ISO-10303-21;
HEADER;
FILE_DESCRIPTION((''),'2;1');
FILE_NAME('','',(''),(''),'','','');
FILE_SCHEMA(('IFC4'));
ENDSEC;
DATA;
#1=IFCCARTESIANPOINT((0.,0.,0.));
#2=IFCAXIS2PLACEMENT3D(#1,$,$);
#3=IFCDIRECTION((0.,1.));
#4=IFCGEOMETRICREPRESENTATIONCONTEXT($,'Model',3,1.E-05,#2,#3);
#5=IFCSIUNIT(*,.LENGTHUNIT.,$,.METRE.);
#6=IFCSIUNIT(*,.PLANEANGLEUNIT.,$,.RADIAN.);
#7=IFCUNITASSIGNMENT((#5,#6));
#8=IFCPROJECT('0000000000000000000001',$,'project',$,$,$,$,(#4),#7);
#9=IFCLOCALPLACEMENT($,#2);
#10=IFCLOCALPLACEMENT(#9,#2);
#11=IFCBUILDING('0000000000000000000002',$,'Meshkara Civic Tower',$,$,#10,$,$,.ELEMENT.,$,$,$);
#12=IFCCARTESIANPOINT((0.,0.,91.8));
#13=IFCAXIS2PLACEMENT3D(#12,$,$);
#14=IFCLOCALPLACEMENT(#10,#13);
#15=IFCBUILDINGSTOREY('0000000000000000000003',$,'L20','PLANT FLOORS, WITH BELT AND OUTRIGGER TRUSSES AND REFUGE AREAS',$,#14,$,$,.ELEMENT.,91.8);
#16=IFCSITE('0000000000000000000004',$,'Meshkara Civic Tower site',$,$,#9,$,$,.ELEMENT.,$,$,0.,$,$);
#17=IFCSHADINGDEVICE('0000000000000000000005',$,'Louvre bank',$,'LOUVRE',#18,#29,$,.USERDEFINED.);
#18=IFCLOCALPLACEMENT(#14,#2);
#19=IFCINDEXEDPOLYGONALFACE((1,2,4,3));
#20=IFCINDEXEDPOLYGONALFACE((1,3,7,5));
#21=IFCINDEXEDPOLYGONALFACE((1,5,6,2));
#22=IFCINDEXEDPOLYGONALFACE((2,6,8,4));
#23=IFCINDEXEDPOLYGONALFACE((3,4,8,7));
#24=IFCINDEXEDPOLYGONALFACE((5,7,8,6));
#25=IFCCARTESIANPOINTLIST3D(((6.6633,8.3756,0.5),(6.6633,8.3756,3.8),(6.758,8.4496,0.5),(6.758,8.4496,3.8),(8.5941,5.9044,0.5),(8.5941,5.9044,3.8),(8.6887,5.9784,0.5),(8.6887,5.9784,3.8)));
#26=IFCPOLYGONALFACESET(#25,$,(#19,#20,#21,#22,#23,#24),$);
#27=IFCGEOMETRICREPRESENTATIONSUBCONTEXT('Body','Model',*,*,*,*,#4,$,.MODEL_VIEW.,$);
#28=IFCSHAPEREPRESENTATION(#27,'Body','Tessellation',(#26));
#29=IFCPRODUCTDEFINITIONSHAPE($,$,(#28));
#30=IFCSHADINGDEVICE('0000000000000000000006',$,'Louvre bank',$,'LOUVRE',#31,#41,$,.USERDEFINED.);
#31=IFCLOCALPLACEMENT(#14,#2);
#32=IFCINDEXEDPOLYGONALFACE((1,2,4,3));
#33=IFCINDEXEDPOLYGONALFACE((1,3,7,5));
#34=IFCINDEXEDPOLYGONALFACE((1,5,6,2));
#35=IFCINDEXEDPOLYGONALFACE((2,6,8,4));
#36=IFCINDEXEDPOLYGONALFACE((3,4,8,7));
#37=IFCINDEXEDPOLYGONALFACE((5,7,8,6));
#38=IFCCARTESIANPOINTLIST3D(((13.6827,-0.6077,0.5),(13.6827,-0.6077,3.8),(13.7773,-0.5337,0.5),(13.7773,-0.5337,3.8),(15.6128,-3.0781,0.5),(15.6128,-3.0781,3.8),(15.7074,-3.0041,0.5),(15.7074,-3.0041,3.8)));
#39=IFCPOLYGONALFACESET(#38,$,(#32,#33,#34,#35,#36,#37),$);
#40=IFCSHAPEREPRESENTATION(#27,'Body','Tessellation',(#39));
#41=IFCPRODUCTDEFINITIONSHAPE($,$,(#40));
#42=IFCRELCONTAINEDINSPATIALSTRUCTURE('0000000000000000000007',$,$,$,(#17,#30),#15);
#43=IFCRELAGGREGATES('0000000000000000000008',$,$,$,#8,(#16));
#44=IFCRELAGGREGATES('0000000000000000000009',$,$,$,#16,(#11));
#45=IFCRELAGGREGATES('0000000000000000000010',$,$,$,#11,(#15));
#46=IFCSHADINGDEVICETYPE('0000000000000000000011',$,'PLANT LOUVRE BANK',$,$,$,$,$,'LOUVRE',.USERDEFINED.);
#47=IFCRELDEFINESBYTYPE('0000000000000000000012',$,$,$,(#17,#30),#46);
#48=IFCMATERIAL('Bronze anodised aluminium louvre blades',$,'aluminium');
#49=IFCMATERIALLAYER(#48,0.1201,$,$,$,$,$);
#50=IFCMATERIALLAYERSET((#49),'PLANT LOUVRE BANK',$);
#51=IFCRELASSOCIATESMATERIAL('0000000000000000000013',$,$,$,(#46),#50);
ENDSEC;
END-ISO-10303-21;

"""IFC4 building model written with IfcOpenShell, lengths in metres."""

from ifc_helpers import new_model, si_unit, direction, frame, origin, origin_2d, place, context, subcontext, project, spatial, rectangle, extrude, material, layer, layer_set, type_object, element, save


model = new_model("IFC4")

# Units and contexts
model_context = context("Model", 3, precision=1e-05, world=origin(), true_north=direction((0.0, 1.0)))
body_context = subcontext(model_context, "Body", "Model", "MODEL_VIEW")
ifc_project = project(units=[si_unit("LENGTHUNIT", "METRE"), si_unit("PLANEANGLEUNIT", "RADIAN")], contexts=[model_context])

# Site, building, storey
site_placement = place(None, origin())
site = spatial("IfcSite", under=ifc_project, at=site_placement, Name="Meshkara Civic Tower site", CompositionType="ELEMENT", RefElevation=0.0)
building_placement = place(site_placement, origin())
building = spatial("IfcBuilding", under=site, at=building_placement, Name="Meshkara Civic Tower", CompositionType="ELEMENT")
storey_placement = place(building_placement, frame((0.0, 0.0, 91.8)))
storey = spatial("IfcBuildingStorey", under=building, at=storey_placement, Name="L20", Description="PLANT FLOORS, WITH BELT AND OUTRIGGER TRUSSES AND REFUGE AREAS", CompositionType="ELEMENT", Elevation=91.8)

# Shading devices
ifc_material_1 = material(Name="Bronze anodised aluminium louvre blades", Category="aluminium")
ifc_layer_1 = layer(ifc_material_1, 0.1201)
ifc_layer_set_1 = layer_set([ifc_layer_1], Name="PLANT LOUVRE BANK")
shading_device_type = type_object("IfcShadingDeviceType", Name="PLANT LOUVRE BANK", ElementType="LOUVRE", PredefinedType="USERDEFINED", material=ifc_layer_set_1)
shading_device_1_placement = place(storey_placement, frame((7.676, 7.177, 0.5), z_axis=(0.0, 0.0, 1.0), x_axis=(0.615661, -0.788011, 0.0)))
element("IfcShadingDevice", 1, at=shading_device_1_placement, inside=storey, type_object=shading_device_type, Name="Louvre bank", ObjectType="LOUVRE", PredefinedType="USERDEFINED", context=body_context, shape_type="SweptSolid", body=[
    extrude(rectangle(XDim=3.136, YDim=0.1201, at=origin_2d()), origin(), (0.0, 0.0, 1.0), 3.3),
])
shading_device_2_placement = place(storey_placement, frame((14.6951, -1.8059, 0.5), z_axis=(0.0, 0.0, 1.0), x_axis=(0.615661, -0.788011, 0.0)))
element("IfcShadingDevice", 2, at=shading_device_2_placement, inside=storey, type_object=shading_device_type, Name="Louvre bank", ObjectType="LOUVRE", PredefinedType="USERDEFINED", context=body_context, shape_type="SweptSolid", body=[
    extrude(rectangle(XDim=3.135, YDim=0.1201, at=origin_2d()), origin(), (0.0, 0.0, 1.0), 3.3),
])

save(model, "model.ifc")
